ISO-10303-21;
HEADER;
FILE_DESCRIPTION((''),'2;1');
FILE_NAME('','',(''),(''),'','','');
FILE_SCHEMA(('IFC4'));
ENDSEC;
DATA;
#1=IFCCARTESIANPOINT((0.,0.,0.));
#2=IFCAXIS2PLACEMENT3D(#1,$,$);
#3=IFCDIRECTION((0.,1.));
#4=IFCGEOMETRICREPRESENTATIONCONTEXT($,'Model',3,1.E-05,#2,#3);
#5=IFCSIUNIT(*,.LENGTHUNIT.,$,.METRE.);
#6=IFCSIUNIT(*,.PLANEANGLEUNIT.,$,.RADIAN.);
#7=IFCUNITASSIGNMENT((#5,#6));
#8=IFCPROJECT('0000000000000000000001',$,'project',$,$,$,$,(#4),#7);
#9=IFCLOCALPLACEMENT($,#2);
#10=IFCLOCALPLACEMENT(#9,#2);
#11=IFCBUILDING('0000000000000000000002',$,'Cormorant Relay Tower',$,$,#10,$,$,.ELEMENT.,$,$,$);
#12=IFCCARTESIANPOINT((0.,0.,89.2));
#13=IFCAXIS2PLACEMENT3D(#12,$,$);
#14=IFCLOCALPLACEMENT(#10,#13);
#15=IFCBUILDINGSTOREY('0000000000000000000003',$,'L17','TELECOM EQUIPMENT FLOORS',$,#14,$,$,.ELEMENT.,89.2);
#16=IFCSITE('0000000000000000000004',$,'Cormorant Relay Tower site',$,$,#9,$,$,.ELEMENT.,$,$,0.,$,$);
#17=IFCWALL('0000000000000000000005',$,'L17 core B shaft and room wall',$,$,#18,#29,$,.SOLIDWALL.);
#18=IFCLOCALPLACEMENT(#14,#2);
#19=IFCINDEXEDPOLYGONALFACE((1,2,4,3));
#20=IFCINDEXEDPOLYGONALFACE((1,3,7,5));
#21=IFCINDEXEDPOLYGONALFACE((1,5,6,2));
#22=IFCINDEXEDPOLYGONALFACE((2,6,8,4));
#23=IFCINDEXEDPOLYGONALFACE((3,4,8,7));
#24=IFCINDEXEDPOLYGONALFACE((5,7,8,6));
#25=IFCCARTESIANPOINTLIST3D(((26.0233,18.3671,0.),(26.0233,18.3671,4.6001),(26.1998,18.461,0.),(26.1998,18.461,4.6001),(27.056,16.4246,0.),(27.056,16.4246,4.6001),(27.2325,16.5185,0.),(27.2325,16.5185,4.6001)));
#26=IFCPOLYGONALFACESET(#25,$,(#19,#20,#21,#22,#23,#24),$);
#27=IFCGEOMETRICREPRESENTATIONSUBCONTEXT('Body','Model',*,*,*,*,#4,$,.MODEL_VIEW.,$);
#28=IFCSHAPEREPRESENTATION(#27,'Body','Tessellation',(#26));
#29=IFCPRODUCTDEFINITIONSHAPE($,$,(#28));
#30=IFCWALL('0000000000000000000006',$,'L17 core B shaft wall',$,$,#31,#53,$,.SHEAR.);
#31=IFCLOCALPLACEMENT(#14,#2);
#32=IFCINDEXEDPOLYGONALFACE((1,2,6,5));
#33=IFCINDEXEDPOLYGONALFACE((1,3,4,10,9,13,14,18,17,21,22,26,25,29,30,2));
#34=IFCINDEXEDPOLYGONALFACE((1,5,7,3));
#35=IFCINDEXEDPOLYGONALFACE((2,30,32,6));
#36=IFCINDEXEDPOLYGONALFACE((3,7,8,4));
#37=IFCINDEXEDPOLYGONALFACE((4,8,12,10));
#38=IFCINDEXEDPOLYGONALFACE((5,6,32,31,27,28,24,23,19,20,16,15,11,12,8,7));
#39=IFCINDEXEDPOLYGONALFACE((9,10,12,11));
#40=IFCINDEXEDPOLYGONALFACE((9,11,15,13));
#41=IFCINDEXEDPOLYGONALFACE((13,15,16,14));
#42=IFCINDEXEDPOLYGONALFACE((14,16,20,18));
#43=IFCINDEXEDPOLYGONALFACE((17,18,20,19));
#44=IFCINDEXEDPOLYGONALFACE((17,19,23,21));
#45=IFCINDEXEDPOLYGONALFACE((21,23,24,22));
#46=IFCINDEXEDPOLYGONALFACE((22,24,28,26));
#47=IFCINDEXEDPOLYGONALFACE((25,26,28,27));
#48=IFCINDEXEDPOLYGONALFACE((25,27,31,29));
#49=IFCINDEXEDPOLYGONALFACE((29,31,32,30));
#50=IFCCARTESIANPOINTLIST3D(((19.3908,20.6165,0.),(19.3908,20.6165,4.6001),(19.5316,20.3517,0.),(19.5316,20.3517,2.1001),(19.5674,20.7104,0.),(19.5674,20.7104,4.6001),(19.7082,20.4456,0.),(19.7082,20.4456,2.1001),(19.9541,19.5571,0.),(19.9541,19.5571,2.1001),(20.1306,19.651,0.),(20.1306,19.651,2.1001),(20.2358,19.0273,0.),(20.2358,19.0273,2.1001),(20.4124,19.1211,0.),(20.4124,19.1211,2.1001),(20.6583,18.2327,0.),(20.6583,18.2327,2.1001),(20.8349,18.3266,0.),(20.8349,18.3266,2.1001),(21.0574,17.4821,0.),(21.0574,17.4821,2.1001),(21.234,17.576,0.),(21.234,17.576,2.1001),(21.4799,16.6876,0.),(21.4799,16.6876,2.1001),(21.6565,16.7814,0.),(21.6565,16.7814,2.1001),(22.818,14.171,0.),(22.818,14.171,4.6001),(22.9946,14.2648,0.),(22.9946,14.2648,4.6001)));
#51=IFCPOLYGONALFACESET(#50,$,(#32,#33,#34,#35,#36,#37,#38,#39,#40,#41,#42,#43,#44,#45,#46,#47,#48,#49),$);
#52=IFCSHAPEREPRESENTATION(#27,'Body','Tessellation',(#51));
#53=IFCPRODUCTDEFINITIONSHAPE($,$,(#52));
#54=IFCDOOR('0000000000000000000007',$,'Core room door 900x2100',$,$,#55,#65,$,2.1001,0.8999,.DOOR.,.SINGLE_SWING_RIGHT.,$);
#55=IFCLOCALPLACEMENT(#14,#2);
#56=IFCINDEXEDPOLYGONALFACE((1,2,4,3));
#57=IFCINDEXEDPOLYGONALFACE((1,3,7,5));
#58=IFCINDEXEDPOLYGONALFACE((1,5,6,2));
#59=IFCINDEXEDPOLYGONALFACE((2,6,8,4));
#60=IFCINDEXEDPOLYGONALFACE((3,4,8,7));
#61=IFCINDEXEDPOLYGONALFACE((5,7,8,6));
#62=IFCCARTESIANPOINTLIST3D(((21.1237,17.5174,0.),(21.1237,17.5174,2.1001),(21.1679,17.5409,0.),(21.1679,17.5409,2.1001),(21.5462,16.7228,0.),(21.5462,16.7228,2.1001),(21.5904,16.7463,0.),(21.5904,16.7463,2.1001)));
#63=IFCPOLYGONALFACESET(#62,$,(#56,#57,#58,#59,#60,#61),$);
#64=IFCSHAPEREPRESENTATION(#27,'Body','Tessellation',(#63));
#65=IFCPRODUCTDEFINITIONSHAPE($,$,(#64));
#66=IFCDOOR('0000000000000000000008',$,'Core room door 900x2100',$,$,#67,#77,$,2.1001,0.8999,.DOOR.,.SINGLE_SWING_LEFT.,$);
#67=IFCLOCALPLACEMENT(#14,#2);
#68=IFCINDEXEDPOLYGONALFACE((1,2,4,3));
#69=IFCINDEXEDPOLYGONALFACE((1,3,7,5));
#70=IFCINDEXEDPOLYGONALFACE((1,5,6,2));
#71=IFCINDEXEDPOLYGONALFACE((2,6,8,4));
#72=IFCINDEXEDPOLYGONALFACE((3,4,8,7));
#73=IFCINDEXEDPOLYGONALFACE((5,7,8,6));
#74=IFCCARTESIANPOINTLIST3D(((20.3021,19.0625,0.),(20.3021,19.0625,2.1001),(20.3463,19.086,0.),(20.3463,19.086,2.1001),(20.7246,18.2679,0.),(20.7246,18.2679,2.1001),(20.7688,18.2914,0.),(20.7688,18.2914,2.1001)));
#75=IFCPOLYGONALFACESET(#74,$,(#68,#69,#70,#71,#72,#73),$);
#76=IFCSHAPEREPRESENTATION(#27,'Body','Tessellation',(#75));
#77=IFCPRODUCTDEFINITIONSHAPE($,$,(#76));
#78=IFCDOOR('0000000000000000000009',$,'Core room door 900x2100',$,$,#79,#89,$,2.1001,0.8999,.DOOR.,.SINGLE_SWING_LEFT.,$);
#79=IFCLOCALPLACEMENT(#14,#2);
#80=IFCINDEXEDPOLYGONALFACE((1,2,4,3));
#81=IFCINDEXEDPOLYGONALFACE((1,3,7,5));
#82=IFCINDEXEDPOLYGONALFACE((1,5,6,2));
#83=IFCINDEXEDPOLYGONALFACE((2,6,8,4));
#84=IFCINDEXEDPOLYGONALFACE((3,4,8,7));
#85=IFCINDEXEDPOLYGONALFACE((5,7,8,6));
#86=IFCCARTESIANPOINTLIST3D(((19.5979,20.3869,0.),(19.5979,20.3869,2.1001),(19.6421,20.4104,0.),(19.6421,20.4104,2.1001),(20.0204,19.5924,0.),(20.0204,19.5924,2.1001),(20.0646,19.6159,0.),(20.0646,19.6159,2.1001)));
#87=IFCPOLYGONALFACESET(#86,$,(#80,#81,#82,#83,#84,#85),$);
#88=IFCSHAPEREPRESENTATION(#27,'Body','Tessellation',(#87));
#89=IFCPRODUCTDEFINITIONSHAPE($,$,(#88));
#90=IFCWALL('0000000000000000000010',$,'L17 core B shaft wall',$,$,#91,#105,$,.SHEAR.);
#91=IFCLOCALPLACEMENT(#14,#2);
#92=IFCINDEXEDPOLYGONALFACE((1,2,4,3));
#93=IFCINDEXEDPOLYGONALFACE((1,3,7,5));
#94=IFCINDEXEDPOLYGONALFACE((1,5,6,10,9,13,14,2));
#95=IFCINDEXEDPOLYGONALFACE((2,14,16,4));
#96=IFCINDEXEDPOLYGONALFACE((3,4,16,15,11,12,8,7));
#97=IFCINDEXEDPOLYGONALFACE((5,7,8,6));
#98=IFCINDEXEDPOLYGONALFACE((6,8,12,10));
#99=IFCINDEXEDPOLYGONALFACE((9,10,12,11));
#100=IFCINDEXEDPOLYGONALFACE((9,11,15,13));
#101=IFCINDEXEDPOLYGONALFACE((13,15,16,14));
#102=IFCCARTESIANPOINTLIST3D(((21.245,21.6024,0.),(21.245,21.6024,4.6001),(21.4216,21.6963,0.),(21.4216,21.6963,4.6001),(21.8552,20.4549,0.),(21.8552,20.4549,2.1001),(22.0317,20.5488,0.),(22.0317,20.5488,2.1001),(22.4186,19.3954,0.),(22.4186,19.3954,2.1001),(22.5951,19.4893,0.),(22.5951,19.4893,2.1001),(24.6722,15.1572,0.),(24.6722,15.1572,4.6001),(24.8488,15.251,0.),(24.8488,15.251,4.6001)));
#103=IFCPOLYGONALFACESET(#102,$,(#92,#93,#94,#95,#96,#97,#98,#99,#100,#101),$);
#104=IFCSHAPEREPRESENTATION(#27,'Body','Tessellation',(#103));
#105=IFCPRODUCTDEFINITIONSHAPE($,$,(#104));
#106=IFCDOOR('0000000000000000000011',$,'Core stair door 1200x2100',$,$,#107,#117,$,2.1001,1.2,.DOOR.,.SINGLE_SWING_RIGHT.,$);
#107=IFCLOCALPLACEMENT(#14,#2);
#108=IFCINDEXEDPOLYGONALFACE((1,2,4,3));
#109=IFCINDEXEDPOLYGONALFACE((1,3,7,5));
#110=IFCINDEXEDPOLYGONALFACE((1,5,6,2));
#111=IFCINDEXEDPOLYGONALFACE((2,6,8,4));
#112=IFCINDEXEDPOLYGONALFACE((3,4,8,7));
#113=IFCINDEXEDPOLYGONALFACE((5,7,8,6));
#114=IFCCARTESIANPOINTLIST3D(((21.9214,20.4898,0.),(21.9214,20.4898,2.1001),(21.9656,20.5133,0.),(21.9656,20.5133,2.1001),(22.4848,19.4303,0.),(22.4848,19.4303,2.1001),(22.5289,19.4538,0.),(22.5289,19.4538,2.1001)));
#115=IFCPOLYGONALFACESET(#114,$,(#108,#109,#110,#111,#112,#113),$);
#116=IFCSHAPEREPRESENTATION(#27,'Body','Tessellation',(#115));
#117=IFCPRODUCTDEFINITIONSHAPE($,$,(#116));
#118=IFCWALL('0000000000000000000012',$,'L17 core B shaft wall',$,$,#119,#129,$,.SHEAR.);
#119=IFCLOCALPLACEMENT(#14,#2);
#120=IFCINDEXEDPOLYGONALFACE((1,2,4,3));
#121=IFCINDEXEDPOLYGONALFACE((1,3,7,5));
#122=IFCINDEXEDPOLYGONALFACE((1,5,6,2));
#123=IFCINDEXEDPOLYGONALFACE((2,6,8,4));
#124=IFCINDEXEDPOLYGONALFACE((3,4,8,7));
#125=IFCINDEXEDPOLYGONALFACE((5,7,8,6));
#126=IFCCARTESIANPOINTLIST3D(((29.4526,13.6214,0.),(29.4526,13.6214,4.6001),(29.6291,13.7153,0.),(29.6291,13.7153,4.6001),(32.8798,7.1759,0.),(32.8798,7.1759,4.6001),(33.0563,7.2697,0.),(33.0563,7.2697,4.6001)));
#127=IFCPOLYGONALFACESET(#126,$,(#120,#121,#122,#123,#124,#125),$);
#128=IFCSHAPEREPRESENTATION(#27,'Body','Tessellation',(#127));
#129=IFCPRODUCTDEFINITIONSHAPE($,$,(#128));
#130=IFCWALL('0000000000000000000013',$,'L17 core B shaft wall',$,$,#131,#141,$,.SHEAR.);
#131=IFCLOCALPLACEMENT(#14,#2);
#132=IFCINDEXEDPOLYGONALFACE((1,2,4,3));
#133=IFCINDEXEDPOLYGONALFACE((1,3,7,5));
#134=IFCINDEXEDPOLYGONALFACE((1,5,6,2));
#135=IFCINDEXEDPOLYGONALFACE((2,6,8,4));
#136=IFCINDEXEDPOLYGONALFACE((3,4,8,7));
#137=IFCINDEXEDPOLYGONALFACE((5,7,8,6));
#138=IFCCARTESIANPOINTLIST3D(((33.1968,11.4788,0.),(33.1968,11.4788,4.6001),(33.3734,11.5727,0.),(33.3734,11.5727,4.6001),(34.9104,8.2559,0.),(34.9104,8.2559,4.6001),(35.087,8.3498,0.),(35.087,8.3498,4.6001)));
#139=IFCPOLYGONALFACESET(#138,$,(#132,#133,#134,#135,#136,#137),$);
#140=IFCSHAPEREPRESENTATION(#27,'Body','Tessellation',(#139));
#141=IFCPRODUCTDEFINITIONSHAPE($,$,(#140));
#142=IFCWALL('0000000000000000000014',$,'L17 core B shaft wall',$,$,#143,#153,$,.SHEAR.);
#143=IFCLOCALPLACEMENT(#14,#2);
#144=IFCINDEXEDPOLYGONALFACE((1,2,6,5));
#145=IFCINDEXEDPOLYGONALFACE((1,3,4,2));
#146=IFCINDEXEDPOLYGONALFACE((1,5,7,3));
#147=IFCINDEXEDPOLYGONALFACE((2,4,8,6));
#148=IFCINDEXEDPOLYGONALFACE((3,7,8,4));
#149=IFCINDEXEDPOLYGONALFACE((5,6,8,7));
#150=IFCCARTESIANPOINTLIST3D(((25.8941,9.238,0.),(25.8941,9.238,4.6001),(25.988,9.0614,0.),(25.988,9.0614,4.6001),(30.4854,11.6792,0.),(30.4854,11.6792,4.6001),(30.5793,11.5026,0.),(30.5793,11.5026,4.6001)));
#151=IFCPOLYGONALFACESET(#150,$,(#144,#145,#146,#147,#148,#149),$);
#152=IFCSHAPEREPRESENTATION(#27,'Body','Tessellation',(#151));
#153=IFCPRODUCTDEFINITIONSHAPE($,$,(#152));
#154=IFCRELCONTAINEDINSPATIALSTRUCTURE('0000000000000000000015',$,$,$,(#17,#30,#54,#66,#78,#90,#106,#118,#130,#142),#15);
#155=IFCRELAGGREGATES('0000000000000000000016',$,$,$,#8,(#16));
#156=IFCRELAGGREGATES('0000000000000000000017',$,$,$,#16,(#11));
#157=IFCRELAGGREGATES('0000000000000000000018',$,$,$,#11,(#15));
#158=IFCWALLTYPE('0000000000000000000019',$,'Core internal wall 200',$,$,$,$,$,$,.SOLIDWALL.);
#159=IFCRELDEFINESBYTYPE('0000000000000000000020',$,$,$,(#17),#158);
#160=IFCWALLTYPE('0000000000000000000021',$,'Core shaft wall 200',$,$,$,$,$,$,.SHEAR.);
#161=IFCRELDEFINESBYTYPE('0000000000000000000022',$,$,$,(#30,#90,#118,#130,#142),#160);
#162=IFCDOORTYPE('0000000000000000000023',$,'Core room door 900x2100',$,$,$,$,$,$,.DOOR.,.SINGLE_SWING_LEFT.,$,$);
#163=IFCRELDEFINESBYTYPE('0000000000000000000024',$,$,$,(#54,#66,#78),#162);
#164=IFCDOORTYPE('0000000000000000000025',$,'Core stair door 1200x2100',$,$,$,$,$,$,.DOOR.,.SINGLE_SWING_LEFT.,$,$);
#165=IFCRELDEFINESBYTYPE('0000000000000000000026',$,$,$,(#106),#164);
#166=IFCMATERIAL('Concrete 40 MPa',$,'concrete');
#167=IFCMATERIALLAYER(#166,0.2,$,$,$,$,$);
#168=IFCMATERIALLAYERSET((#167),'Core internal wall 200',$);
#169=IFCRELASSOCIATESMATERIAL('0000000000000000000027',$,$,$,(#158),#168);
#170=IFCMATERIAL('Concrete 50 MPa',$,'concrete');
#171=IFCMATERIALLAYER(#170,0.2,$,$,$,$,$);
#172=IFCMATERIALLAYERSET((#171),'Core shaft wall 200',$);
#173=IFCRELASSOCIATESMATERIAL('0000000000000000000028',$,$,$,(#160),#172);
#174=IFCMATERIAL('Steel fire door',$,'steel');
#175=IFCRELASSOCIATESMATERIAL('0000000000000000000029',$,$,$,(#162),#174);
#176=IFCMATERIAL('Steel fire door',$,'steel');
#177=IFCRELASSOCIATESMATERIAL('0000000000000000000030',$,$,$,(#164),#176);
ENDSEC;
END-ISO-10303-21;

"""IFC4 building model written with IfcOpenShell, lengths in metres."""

from ifc_helpers import new_model, si_unit, direction, frame, frame_2d, origin, place, context, subcontext, project, spatial, rectangle, extrude, material, layer, layer_set, type_object, element, fill, save


model = new_model("IFC4")

# Units and contexts
model_context = context("Model", 3, precision=1e-05, world=origin(), true_north=direction((0.0, 1.0)))
body_context = subcontext(model_context, "Body", "Model", "MODEL_VIEW")
ifc_project = project(units=[si_unit("LENGTHUNIT", "METRE"), si_unit("PLANEANGLEUNIT", "RADIAN")], contexts=[model_context])

# Site, building, storey
site_placement = place(None, origin())
site = spatial("IfcSite", under=ifc_project, at=site_placement, Name="Cormorant Relay Tower site", CompositionType="ELEMENT", RefElevation=0.0)
building_placement = place(site_placement, origin())
building = spatial("IfcBuilding", under=site, at=building_placement, Name="Cormorant Relay Tower", CompositionType="ELEMENT")
storey_placement = place(building_placement, frame((0.0, 0.0, 89.2)))
storey = spatial("IfcBuildingStorey", under=building, at=storey_placement, Name="L17", Description="TELECOM EQUIPMENT FLOORS", CompositionType="ELEMENT", Elevation=89.2)

# Wall
ifc_material_1 = material(Name="Concrete 40 MPa", Category="concrete")
ifc_layer_1 = layer(ifc_material_1, 0.2)
ifc_layer_set_1 = layer_set([ifc_layer_1], Name="Core internal wall 200")
wall_type_1 = type_object("IfcWallType", Name="Core internal wall 200", PredefinedType="SOLIDWALL", material=ifc_layer_set_1)
wall_1_placement = place(storey_placement, frame((27.1443, 16.4714, 0.0), z_axis=(0.0, 0.0, 1.0), x_axis=(-0.469401, 0.882985, 0.0)))
element("IfcWall", 1, at=wall_1_placement, inside=storey, type_object=wall_type_1, Name="L17 core B shaft and room wall", PredefinedType="SOLIDWALL", context=body_context, shape_type="SweptSolid", body=[
    extrude(rectangle(XDim=2.2, YDim=0.2, at=frame_2d((1.1001, 0.0))), origin(), (0.0, 0.0, 1.0), 4.6001),
])

# Wall, openings, doors
ifc_material_2 = material(Name="Concrete 50 MPa", Category="concrete")
ifc_layer_2 = layer(ifc_material_2, 0.2)
ifc_layer_set_2 = layer_set([ifc_layer_2], Name="Core shaft wall 200")
wall_type_2 = type_object("IfcWallType", Name="Core shaft wall 200", PredefinedType="SHEAR", material=ifc_layer_set_2)
wall_2_placement = place(storey_placement, frame((22.9062, 14.218, 0.0), z_axis=(0.0, 0.0, 1.0), x_axis=(-0.46948, 0.882943, 0.0)))
wall_2 = element("IfcWall", 2, at=wall_2_placement, inside=storey, type_object=wall_type_2, Name="L17 core B shaft wall", PredefinedType="SHEAR", context=body_context, shape_type="SweptSolid", body=[
    extrude(rectangle(XDim=7.3, YDim=0.2, at=frame_2d((3.6499, 0.0))), origin(), (0.0, 0.0, 1.0), 4.6001),
])
opening_1_placement = place(wall_2_placement, frame((2.8501, 0.0, 0.0)))
opening_1 = element("IfcOpeningElement", 3, at=opening_1_placement, cuts=wall_2, PredefinedType="OPENING", context=body_context, shape_type="SweptSolid", body=[
    extrude(rectangle(XDim=0.8999, YDim=2.1001, at=frame_2d((0.45, 1.05))), frame((0.0, 0.1099, 0.0), z_axis=(0.0, -1.0, 0.0), x_axis=(1.0, 0.0, 0.0)), (0.0, 0.0, 1.0), 0.22),
])
opening_2_placement = place(wall_2_placement, frame((4.6001, 0.0, 0.0)))
opening_2 = element("IfcOpeningElement", 4, at=opening_2_placement, cuts=wall_2, PredefinedType="OPENING", context=body_context, shape_type="SweptSolid", body=[
    extrude(rectangle(XDim=0.8999, YDim=2.1001, at=frame_2d((0.45, 1.05))), frame((0.0, 0.1099, 0.0), z_axis=(0.0, -1.0, 0.0), x_axis=(1.0, 0.0, 0.0)), (0.0, 0.0, 1.0), 0.22),
])
opening_3_placement = place(wall_2_placement, frame((6.1001, 0.0, 0.0)))
opening_3 = element("IfcOpeningElement", 5, at=opening_3_placement, cuts=wall_2, PredefinedType="OPENING", context=body_context, shape_type="SweptSolid", body=[
    extrude(rectangle(XDim=0.8999, YDim=2.1001, at=frame_2d((0.45, 1.05))), frame((0.0, 0.1099, 0.0), z_axis=(0.0, -1.0, 0.0), x_axis=(1.0, 0.0, 0.0)), (0.0, 0.0, 1.0), 0.22),
])
ifc_material_3 = material(Name="Steel fire door", Category="steel")
door_type_1 = type_object("IfcDoorType", Name="Core room door 900x2100", OperationType="SINGLE_SWING_LEFT", PredefinedType="DOOR", material=ifc_material_3)
door_1_placement = place(opening_1_placement, origin())
door_1 = element("IfcDoor", 6, at=door_1_placement, inside=storey, type_object=door_type_1, Name="Core room door 900x2100", OperationType="SINGLE_SWING_RIGHT", OverallHeight=2.1001, OverallWidth=0.8999, PredefinedType="DOOR", context=body_context, shape_type="SweptSolid", body=[
    extrude(rectangle(XDim=0.8999, YDim=2.1001, at=frame_2d((0.45, 1.05))), frame((0.0, 0.0249, 0.0), z_axis=(0.0, -1.0, 0.0), x_axis=(1.0, 0.0, 0.0)), (0.0, 0.0, 1.0), 0.05),
])
fill(opening_1, door_1)
door_2_placement = place(opening_2_placement, origin())
door_2 = element("IfcDoor", 7, at=door_2_placement, inside=storey, type_object=door_type_1, Name="Core room door 900x2100", OperationType="SINGLE_SWING_LEFT", OverallHeight=2.1001, OverallWidth=0.8999, PredefinedType="DOOR", context=body_context, shape_type="SweptSolid", body=[
    extrude(rectangle(XDim=0.8999, YDim=2.1001, at=frame_2d((0.45, 1.05))), frame((0.0, 0.0249, 0.0), z_axis=(0.0, -1.0, 0.0), x_axis=(1.0, 0.0, 0.0)), (0.0, 0.0, 1.0), 0.05),
])
fill(opening_2, door_2)
door_3_placement = place(opening_3_placement, origin())
door_3 = element("IfcDoor", 8, at=door_3_placement, inside=storey, type_object=door_type_1, Name="Core room door 900x2100", OperationType="SINGLE_SWING_LEFT", OverallHeight=2.1001, OverallWidth=0.8999, PredefinedType="DOOR", context=body_context, shape_type="SweptSolid", body=[
    extrude(rectangle(XDim=0.8999, YDim=2.1001, at=frame_2d((0.45, 1.05))), frame((0.0, 0.0249, 0.0), z_axis=(0.0, -1.0, 0.0), x_axis=(1.0, 0.0, 0.0)), (0.0, 0.0, 1.0), 0.05),
])
fill(opening_3, door_3)

# Wall, opening, door
wall_3_placement = place(storey_placement, frame((24.7605, 15.2041, 0.0), z_axis=(0.0, 0.0, 1.0), x_axis=(-0.469494, 0.882936, 0.0)))
wall_3 = element("IfcWall", 9, at=wall_3_placement, inside=storey, type_object=wall_type_2, Name="L17 core B shaft wall", PredefinedType="SHEAR", context=body_context, shape_type="SweptSolid", body=[
    extrude(rectangle(XDim=7.2998, YDim=0.2, at=frame_2d((3.6499, 0.0))), origin(), (0.0, 0.0, 1.0), 4.6001),
])
opening_4_placement = place(wall_3_placement, frame((4.8, 0.0, 0.0)))
opening_4 = element("IfcOpeningElement", 10, at=opening_4_placement, cuts=wall_3, PredefinedType="OPENING", context=body_context, shape_type="SweptSolid", body=[
    extrude(rectangle(XDim=1.2, YDim=2.1001, at=frame_2d((0.6001, 1.05))), frame((0.0, 0.1099, 0.0), z_axis=(0.0, -1.0, 0.0), x_axis=(1.0, 0.0, 0.0)), (0.0, 0.0, 1.0), 0.22),
])
ifc_material_4 = material(Name="Steel fire door", Category="steel")
door_type_2 = type_object("IfcDoorType", Name="Core stair door 1200x2100", OperationType="SINGLE_SWING_LEFT", PredefinedType="DOOR", material=ifc_material_4)
door_4_placement = place(opening_4_placement, frame((1.2, 0.0, 0.0), z_axis=(0.0, 0.0, 1.0), x_axis=(-1.0, 0.0, 0.0)))
door_4 = element("IfcDoor", 11, at=door_4_placement, inside=storey, type_object=door_type_2, Name="Core stair door 1200x2100", OperationType="SINGLE_SWING_RIGHT", OverallHeight=2.1001, OverallWidth=1.2, PredefinedType="DOOR", context=body_context, shape_type="SweptSolid", body=[
    extrude(rectangle(XDim=1.2, YDim=2.1001, at=frame_2d((0.6001, 1.05))), frame((0.0, 0.0249, 0.0), z_axis=(0.0, -1.0, 0.0), x_axis=(1.0, 0.0, 0.0)), (0.0, 0.0, 1.0), 0.05),
])
fill(opening_4, door_4)

# Walls
wall_4_placement = place(storey_placement, frame((32.968, 7.2229, 0.0), z_axis=(0.0, 0.0, 1.0), x_axis=(-0.46948, 0.882943, 0.0)))
element("IfcWall", 12, at=wall_4_placement, inside=storey, type_object=wall_type_2, Name="L17 core B shaft wall", PredefinedType="SHEAR", context=body_context, shape_type="SweptSolid", body=[
    extrude(rectangle(XDim=7.3, YDim=0.2, at=frame_2d((3.6499, 0.0))), origin(), (0.0, 0.0, 1.0), 4.6001),
])
wall_5_placement = place(storey_placement, frame((34.9988, 8.3027, 0.0), z_axis=(0.0, 0.0, 1.0), x_axis=(-0.469467, 0.88295, 0.0)))
element("IfcWall", 13, at=wall_5_placement, inside=storey, type_object=wall_type_2, Name="L17 core B shaft wall", PredefinedType="SHEAR", context=body_context, shape_type="SweptSolid", body=[
    extrude(rectangle(XDim=3.6501, YDim=0.2, at=frame_2d((1.8252, 0.0))), origin(), (0.0, 0.0, 1.0), 4.6001),
])

# Wall
wall_6_placement = place(storey_placement, frame((25.9409, 9.1497, 0.0), z_axis=(0.0, 0.0, 1.0), x_axis=(0.882954, 0.46946, 0.0)))
element("IfcWall", 14, at=wall_6_placement, inside=storey, type_object=wall_type_2, Name="L17 core B shaft wall", PredefinedType="SHEAR", context=body_context, shape_type="SweptSolid", body=[
    extrude(rectangle(XDim=5.2, YDim=0.2, at=frame_2d((2.6001, 0.0))), origin(), (0.0, 0.0, 1.0), 4.6001),
])

save(model, "model.ifc")
